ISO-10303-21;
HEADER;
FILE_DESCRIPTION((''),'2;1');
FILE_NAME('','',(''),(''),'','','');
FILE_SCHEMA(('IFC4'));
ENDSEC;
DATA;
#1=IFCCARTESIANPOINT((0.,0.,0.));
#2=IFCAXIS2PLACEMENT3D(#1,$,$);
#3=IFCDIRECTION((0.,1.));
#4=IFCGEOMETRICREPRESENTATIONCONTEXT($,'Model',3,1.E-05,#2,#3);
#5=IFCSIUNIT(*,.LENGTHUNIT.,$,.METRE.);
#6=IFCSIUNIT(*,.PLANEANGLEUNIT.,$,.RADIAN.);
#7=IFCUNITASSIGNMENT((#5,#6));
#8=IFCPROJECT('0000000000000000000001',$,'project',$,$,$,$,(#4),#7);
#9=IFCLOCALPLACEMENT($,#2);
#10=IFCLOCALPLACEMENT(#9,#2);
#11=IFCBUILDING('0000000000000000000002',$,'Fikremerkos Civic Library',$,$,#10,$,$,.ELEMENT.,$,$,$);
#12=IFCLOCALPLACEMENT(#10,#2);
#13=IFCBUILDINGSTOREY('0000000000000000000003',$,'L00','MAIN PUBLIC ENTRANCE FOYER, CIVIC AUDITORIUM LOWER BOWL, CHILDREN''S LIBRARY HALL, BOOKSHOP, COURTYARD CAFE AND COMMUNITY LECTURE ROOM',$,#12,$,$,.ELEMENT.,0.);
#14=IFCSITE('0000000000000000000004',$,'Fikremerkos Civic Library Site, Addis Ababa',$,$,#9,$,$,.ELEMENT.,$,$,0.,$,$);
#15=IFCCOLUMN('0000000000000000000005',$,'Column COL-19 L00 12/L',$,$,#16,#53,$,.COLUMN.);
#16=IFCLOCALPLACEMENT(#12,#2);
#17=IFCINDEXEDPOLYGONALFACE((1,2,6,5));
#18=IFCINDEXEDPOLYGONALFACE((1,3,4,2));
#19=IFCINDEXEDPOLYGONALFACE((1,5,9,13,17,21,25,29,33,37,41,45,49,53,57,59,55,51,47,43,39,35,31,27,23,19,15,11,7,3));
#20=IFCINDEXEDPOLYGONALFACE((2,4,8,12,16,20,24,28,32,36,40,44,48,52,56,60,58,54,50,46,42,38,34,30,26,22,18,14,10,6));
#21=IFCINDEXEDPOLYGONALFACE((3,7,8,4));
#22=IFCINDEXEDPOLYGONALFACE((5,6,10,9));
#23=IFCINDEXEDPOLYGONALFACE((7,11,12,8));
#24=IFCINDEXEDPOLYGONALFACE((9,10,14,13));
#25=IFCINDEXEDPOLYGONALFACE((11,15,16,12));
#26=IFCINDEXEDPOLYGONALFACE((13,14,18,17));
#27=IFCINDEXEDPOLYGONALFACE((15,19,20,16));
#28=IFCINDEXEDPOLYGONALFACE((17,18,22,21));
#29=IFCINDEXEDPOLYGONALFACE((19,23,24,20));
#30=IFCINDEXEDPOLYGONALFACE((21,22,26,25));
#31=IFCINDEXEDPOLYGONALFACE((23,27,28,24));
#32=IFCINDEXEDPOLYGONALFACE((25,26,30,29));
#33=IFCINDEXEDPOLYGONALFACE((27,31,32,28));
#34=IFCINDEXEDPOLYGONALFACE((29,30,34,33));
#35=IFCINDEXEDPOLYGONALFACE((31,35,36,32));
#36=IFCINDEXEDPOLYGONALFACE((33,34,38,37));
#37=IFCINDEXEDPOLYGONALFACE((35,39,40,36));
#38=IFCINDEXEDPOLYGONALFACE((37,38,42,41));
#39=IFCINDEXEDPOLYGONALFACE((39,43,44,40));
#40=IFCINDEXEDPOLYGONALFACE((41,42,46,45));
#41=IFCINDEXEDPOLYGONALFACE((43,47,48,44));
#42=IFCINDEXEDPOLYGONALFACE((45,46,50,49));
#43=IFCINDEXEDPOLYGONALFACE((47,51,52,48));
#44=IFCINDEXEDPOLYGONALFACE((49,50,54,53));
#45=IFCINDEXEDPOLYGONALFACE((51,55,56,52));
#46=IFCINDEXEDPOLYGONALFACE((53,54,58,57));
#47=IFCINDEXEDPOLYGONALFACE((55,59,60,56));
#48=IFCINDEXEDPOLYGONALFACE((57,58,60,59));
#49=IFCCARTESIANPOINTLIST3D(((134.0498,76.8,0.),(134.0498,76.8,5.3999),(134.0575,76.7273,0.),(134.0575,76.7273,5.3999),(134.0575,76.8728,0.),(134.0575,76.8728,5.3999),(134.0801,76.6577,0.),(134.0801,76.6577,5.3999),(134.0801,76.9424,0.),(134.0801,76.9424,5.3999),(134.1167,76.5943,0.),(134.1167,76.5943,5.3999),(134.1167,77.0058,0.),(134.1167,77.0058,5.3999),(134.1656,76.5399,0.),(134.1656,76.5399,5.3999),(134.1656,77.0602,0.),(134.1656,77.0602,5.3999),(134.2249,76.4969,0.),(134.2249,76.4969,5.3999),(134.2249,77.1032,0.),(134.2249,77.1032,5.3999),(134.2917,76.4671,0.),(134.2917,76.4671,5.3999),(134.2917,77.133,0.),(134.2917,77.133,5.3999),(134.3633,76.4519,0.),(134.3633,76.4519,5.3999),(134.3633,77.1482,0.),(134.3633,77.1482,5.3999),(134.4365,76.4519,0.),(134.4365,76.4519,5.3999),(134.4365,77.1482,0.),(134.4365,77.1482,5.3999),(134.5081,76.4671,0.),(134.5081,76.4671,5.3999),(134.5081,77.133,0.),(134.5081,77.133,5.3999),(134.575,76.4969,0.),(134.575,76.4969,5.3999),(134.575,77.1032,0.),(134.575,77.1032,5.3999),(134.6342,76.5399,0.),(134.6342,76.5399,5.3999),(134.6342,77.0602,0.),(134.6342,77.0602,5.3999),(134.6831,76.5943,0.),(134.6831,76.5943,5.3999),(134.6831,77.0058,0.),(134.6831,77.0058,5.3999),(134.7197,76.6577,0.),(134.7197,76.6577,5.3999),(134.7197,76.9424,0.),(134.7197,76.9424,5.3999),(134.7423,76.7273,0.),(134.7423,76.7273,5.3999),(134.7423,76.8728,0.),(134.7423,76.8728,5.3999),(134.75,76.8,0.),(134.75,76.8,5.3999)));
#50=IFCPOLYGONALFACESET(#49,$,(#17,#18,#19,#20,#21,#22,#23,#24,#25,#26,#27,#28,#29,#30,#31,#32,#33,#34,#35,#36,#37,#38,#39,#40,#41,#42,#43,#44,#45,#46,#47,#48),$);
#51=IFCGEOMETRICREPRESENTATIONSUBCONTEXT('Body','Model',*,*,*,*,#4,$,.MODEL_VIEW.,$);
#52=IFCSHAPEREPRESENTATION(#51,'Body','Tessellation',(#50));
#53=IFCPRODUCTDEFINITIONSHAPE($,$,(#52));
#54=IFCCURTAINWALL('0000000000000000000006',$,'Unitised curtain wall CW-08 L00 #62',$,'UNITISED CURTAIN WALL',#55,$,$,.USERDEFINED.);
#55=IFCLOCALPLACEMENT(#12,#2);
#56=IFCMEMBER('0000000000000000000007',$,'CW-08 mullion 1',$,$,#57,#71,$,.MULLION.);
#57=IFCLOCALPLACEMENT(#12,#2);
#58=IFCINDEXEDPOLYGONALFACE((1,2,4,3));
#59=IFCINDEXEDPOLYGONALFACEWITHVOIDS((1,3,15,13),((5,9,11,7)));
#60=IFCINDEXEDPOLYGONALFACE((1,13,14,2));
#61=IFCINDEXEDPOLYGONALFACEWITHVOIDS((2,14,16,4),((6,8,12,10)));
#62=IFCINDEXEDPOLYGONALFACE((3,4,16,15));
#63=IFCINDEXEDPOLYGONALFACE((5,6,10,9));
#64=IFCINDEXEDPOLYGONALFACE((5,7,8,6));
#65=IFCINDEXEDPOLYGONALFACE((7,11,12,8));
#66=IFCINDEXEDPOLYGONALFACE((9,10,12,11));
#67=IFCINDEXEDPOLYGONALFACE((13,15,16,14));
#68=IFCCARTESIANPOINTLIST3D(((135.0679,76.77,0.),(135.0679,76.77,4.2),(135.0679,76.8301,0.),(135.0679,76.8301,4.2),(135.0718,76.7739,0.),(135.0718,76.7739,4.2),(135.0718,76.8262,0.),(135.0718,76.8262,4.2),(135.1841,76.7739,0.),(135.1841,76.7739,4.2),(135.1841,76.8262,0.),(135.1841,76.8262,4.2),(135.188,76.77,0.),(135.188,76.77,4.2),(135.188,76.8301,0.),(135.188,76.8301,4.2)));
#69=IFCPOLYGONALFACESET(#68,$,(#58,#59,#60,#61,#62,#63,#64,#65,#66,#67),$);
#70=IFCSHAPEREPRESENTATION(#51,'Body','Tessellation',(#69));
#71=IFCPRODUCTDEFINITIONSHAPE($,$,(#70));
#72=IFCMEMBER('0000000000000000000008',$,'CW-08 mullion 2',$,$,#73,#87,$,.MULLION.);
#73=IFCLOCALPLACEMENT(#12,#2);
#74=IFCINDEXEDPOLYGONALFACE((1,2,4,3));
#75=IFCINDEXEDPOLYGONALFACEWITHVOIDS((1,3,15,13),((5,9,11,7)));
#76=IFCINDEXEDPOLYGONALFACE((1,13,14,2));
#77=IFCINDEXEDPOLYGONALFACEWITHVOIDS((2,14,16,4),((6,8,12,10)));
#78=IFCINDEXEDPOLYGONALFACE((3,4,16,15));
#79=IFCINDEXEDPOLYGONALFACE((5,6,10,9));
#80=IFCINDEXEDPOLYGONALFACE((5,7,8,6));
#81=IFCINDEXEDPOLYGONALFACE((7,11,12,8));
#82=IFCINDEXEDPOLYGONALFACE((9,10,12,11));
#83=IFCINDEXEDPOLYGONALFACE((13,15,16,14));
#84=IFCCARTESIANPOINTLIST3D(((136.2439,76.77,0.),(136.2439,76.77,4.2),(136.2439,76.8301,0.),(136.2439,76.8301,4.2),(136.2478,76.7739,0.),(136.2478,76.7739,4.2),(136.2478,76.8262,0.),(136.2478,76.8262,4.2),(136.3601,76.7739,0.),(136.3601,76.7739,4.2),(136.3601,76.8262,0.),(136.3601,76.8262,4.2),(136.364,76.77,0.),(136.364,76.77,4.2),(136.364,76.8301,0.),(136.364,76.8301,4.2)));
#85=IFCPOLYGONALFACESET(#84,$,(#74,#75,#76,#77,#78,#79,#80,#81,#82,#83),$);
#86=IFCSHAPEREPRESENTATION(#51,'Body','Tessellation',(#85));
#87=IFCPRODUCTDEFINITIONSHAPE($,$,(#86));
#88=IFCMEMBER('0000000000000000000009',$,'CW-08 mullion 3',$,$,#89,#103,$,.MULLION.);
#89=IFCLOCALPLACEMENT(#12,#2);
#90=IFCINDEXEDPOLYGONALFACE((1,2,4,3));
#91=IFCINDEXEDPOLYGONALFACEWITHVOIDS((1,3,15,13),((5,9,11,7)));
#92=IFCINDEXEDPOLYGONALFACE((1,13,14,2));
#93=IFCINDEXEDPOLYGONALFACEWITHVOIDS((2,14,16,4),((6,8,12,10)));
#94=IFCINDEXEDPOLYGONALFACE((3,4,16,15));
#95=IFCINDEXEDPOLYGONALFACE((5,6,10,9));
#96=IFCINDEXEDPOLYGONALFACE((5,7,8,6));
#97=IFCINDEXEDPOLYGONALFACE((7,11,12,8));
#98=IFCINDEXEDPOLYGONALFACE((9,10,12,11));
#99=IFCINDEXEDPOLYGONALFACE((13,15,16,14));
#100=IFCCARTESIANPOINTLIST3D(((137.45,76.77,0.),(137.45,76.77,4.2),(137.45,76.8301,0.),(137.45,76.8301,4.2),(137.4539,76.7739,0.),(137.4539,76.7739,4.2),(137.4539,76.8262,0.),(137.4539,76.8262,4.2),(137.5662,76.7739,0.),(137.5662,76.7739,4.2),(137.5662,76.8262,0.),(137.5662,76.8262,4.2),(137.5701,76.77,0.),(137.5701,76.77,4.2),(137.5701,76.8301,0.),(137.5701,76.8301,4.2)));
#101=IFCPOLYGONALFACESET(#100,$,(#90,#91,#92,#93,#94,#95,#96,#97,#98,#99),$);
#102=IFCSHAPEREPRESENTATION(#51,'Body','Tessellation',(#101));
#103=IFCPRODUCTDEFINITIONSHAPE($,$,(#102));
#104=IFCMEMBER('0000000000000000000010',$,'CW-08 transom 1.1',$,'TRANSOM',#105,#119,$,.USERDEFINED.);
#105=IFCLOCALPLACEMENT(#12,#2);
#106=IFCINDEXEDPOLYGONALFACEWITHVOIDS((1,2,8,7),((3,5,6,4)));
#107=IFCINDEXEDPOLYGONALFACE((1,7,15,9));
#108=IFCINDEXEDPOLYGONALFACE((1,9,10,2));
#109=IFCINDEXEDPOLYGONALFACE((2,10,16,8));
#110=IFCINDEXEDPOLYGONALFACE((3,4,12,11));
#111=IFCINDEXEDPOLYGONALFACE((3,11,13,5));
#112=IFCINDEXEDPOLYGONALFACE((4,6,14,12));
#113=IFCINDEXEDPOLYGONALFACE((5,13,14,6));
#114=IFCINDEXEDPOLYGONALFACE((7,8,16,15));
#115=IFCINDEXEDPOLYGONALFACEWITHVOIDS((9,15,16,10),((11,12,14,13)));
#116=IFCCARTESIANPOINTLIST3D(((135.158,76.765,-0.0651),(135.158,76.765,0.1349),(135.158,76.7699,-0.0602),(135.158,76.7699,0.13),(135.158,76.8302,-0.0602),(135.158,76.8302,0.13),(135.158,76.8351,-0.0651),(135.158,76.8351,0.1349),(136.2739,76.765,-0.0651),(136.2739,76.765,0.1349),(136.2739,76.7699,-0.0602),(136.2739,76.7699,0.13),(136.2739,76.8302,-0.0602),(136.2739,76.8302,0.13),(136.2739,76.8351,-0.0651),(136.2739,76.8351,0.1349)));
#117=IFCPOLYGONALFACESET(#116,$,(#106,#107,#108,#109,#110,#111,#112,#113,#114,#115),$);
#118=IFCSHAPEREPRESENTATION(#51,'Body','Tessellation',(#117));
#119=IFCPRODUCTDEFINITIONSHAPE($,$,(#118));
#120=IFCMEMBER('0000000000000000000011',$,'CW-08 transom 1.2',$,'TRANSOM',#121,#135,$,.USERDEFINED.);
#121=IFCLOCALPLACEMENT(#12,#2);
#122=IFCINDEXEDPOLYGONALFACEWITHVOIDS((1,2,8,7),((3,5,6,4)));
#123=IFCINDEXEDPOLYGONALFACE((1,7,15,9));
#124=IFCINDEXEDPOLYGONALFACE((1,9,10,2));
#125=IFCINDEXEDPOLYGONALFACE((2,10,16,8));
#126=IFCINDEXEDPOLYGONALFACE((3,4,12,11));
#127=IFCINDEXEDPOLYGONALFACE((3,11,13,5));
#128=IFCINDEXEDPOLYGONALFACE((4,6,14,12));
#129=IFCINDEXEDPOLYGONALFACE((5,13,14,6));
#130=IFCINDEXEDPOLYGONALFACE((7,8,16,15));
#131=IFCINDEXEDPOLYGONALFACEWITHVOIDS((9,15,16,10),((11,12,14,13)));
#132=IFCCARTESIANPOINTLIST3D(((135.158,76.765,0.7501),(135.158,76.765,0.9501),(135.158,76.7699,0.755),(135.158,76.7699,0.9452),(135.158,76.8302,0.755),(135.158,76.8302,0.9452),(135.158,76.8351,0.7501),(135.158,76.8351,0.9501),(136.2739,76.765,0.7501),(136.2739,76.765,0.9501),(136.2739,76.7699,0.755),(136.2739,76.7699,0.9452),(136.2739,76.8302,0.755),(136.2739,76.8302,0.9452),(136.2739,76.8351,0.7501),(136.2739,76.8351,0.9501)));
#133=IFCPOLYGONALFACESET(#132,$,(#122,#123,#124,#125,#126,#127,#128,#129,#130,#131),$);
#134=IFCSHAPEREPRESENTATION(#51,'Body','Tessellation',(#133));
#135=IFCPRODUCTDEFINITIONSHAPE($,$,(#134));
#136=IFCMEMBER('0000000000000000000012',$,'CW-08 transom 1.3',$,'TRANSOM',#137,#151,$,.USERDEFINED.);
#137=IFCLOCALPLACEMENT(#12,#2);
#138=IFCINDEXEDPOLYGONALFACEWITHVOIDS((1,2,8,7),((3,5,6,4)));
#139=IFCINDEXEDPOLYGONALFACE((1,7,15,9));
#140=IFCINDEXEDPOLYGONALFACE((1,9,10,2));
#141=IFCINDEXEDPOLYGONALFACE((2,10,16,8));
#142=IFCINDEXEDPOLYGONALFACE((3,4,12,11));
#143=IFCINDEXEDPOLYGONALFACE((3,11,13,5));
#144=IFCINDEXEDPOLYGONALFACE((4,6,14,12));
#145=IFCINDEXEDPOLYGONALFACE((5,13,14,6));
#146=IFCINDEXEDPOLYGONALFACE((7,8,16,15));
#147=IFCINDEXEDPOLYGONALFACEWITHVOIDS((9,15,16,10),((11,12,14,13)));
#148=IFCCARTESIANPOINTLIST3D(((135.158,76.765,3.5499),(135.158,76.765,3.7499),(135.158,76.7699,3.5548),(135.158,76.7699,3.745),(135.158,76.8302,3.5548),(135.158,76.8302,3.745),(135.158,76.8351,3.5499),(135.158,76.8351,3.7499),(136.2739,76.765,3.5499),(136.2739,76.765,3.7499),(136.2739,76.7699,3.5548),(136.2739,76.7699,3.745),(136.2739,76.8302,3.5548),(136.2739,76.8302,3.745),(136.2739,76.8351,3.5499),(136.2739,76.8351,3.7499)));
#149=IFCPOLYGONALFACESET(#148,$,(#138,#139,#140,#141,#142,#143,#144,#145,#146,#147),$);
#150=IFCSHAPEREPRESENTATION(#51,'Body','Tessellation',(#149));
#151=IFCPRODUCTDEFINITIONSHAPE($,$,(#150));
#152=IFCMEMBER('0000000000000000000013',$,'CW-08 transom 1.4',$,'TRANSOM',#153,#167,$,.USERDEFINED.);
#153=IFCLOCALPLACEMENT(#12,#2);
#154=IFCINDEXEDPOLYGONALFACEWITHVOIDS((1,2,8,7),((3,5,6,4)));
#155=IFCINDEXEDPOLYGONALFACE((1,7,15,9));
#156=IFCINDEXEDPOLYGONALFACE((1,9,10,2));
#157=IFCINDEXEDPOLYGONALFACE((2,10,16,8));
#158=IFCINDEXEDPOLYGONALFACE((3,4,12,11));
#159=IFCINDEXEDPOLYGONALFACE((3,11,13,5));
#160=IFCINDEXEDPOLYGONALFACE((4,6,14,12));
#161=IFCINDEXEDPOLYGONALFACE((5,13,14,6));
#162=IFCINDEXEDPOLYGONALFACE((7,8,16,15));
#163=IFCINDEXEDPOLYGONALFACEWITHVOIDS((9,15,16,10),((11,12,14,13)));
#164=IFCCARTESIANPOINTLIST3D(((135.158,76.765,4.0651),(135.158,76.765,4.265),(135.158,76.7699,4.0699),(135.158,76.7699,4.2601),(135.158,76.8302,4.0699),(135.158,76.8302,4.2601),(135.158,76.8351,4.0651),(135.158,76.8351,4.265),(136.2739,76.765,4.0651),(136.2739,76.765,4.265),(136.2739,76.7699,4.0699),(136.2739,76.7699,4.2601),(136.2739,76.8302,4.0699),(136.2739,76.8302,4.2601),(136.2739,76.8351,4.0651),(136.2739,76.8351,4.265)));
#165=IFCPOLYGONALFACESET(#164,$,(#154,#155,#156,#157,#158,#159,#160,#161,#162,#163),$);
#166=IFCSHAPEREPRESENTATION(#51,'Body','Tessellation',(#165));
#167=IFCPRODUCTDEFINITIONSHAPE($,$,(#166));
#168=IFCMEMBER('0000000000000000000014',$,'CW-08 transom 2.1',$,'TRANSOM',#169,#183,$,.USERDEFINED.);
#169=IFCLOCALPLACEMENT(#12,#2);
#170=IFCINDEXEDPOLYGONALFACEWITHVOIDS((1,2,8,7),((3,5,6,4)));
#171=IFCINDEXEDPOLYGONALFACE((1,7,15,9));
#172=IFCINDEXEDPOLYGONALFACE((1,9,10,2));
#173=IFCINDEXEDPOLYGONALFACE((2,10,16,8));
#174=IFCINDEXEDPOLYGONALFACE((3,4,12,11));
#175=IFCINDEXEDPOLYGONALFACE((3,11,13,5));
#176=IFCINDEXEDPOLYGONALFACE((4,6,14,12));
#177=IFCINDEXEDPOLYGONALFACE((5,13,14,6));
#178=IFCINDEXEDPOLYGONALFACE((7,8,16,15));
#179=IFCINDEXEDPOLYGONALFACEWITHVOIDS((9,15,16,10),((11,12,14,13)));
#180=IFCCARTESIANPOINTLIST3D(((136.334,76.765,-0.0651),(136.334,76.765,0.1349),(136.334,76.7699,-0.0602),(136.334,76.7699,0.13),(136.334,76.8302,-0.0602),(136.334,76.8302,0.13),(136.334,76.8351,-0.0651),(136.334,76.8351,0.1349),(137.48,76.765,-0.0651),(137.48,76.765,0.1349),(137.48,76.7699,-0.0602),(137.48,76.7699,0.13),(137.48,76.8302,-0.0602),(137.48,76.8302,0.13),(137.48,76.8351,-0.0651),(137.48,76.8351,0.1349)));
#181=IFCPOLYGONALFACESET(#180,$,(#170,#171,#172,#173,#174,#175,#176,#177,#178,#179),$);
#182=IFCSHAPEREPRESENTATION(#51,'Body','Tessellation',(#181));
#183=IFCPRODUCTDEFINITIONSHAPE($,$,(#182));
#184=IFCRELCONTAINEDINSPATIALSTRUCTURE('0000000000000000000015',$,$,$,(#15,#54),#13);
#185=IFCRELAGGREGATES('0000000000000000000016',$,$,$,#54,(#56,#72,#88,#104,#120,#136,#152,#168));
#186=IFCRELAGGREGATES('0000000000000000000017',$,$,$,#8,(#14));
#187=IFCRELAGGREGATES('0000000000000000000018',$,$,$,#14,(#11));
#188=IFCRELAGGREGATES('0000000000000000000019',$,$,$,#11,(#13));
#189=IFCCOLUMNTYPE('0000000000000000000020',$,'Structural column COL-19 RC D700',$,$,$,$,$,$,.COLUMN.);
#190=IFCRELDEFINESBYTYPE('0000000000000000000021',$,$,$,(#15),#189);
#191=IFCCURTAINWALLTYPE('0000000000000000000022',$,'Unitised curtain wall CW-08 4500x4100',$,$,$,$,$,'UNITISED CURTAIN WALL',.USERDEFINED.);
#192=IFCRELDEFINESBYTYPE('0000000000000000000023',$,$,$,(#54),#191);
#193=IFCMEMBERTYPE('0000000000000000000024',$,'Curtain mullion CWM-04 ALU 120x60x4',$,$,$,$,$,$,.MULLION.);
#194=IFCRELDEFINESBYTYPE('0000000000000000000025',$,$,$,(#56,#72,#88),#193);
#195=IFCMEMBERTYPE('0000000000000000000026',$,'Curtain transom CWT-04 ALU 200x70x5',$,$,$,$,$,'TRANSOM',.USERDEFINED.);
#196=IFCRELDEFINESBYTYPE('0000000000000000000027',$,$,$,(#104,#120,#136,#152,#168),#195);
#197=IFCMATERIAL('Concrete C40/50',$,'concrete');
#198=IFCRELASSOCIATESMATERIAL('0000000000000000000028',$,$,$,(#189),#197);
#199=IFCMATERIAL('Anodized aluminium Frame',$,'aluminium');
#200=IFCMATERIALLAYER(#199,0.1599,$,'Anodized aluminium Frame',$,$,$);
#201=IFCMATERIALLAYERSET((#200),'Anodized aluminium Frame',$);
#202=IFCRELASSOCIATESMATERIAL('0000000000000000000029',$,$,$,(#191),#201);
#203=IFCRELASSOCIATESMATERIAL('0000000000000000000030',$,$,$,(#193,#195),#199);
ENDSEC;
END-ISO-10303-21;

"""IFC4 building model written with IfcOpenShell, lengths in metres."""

from ifc_helpers import new_model, si_unit, direction, frame, origin, origin_2d, place, context, subcontext, project, spatial, hollow_rectangle, circle, extrude, material, layer, layer_set, material_profile, profile_set, type_object, element, aggregate, save


model = new_model("IFC4")

# Units and contexts
model_context = context("Model", 3, precision=1e-05, world=origin(), true_north=direction((0.0, 1.0)))
body_context = subcontext(model_context, "Body", "Model", "MODEL_VIEW")
ifc_project = project(units=[si_unit("LENGTHUNIT", "METRE"), si_unit("PLANEANGLEUNIT", "RADIAN")], contexts=[model_context])

# Site, building, storey
site_placement = place(None, origin())
site = spatial("IfcSite", under=ifc_project, at=site_placement, Name="Fikremerkos Civic Library Site, Addis Ababa", CompositionType="ELEMENT", RefElevation=0.0)
building_placement = place(site_placement, origin())
building = spatial("IfcBuilding", under=site, at=building_placement, Name="Fikremerkos Civic Library", CompositionType="ELEMENT")
storey_placement = place(building_placement, origin())
storey = spatial("IfcBuildingStorey", under=building, at=storey_placement, Name="L00", Description="MAIN PUBLIC ENTRANCE FOYER, CIVIC AUDITORIUM LOWER BOWL, CHILDREN'S LIBRARY HALL, BOOKSHOP, COURTYARD CAFE AND COMMUNITY LECTURE ROOM", CompositionType="ELEMENT", Elevation=0.0)

# Column
ifc_material_1 = material(Name="Concrete C40/50", Category="concrete")
ifc_material_profile_1 = material_profile(ifc_material_1, circle(Radius=0.3501, at=origin_2d()), Name="RC D700")
ifc_profile_set_1 = profile_set([ifc_material_profile_1], Name="Concrete C40/50")
column_type = type_object("IfcColumnType", Name="Structural column COL-19 RC D700", PredefinedType="COLUMN", material=ifc_profile_set_1)
column_placement = place(storey_placement, frame((134.3999, 76.8, 0.0), z_axis=(0.0, 0.0, 1.0), x_axis=(1.0, 0.0, 0.0)))
element("IfcColumn", 1, at=column_placement, inside=storey, type_object=column_type, Name="Column COL-19 L00 12/L", PredefinedType="COLUMN", context=body_context, shape_type="SweptSolid", body=[
    extrude(circle(Radius=0.3501, at=origin_2d()), origin(), (0.0, 0.0, 1.0), 5.3999),
])

# Curtain wall, members
ifc_material_2 = material(Name="Anodized aluminium Frame", Category="aluminium")
ifc_layer_1 = layer(ifc_material_2, 0.1599, Name="Anodized aluminium Frame")
ifc_layer_set_1 = layer_set([ifc_layer_1], Name="Anodized aluminium Frame")
curtain_wall_type = type_object("IfcCurtainWallType", Name="Unitised curtain wall CW-08 4500x4100", ElementType="UNITISED CURTAIN WALL", PredefinedType="USERDEFINED", material=ifc_layer_set_1)
curtain_wall_placement = place(storey_placement, origin())
curtain_wall = element("IfcCurtainWall", 2, at=curtain_wall_placement, inside=storey, type_object=curtain_wall_type, Name="Unitised curtain wall CW-08 L00 #62", ObjectType="UNITISED CURTAIN WALL", PredefinedType="USERDEFINED")
ifc_material_profile_2 = material_profile(ifc_material_2, hollow_rectangle(XDim=0.0601, YDim=0.1201, WallThickness=0.0039, at=origin_2d()), Name="ALU 120x60x4")
ifc_profile_set_2 = profile_set([ifc_material_profile_2], Name="Anodized aluminium Frame")
member_type_1 = type_object("IfcMemberType", Name="Curtain mullion CWM-04 ALU 120x60x4", PredefinedType="MULLION", material=ifc_profile_set_2)
member_1_placement = place(storey_placement, frame((135.1279, 76.8, 0.0), z_axis=(0.0, 0.0, 1.0), x_axis=(0.0, 1.0, 0.0)))
member_1 = element("IfcMember", 3, at=member_1_placement, type_object=member_type_1, Name="CW-08 mullion 1", PredefinedType="MULLION", context=body_context, shape_type="SweptSolid", body=[
    extrude(hollow_rectangle(XDim=0.0601, YDim=0.1201, WallThickness=0.0039, at=origin_2d()), origin(), (0.0, 0.0, 1.0), 4.2),
])
member_2_placement = place(storey_placement, frame((136.304, 76.8, 0.0), z_axis=(0.0, 0.0, 1.0), x_axis=(0.0, 1.0, 0.0)))
member_2 = element("IfcMember", 4, at=member_2_placement, type_object=member_type_1, Name="CW-08 mullion 2", PredefinedType="MULLION", context=body_context, shape_type="SweptSolid", body=[
    extrude(hollow_rectangle(XDim=0.0601, YDim=0.1201, WallThickness=0.0039, at=origin_2d()), origin(), (0.0, 0.0, 1.0), 4.2),
])
member_3_placement = place(storey_placement, frame((137.51, 76.8, 0.0), z_axis=(0.0, 0.0, 1.0), x_axis=(0.0, 1.0, 0.0)))
member_3 = element("IfcMember", 5, at=member_3_placement, type_object=member_type_1, Name="CW-08 mullion 3", PredefinedType="MULLION", context=body_context, shape_type="SweptSolid", body=[
    extrude(hollow_rectangle(XDim=0.0601, YDim=0.1201, WallThickness=0.0039, at=origin_2d()), origin(), (0.0, 0.0, 1.0), 4.2),
])
ifc_material_profile_3 = material_profile(ifc_material_2, hollow_rectangle(XDim=0.0701, YDim=0.2, WallThickness=0.0049, at=origin_2d()), Name="ALU 200x70x5")
ifc_profile_set_3 = profile_set([ifc_material_profile_3], Name="Anodized aluminium Frame")
member_type_2 = type_object("IfcMemberType", Name="Curtain transom CWT-04 ALU 200x70x5", ElementType="TRANSOM", PredefinedType="USERDEFINED", material=ifc_profile_set_3)
member_4_placement = place(storey_placement, frame((135.158, 76.8, 0.0349), z_axis=(1.0, 0.0, 0.0), x_axis=(0.0, 1.0, 0.0)))
member_4 = element("IfcMember", 6, at=member_4_placement, type_object=member_type_2, Name="CW-08 transom 1.1", ObjectType="TRANSOM", PredefinedType="USERDEFINED", context=body_context, shape_type="SweptSolid", body=[
    extrude(hollow_rectangle(XDim=0.0701, YDim=0.2, WallThickness=0.0049, at=origin_2d()), origin(), (0.0, 0.0, 1.0), 1.116),
])
member_5_placement = place(storey_placement, frame((135.158, 76.8, 0.8501), z_axis=(1.0, 0.0, 0.0), x_axis=(0.0, 1.0, 0.0)))
member_5 = element("IfcMember", 7, at=member_5_placement, type_object=member_type_2, Name="CW-08 transom 1.2", ObjectType="TRANSOM", PredefinedType="USERDEFINED", context=body_context, shape_type="SweptSolid", body=[
    extrude(hollow_rectangle(XDim=0.0701, YDim=0.2, WallThickness=0.0049, at=origin_2d()), origin(), (0.0, 0.0, 1.0), 1.116),
])
member_6_placement = place(storey_placement, frame((135.158, 76.8, 3.6499), z_axis=(1.0, 0.0, 0.0), x_axis=(0.0, 1.0, 0.0)))
member_6 = element("IfcMember", 8, at=member_6_placement, type_object=member_type_2, Name="CW-08 transom 1.3", ObjectType="TRANSOM", PredefinedType="USERDEFINED", context=body_context, shape_type="SweptSolid", body=[
    extrude(hollow_rectangle(XDim=0.0701, YDim=0.2, WallThickness=0.0049, at=origin_2d()), origin(), (0.0, 0.0, 1.0), 1.116),
])
member_7_placement = place(storey_placement, frame((135.158, 76.8, 4.165), z_axis=(1.0, 0.0, 0.0), x_axis=(0.0, 1.0, 0.0)))
member_7 = element("IfcMember", 9, at=member_7_placement, type_object=member_type_2, Name="CW-08 transom 1.4", ObjectType="TRANSOM", PredefinedType="USERDEFINED", context=body_context, shape_type="SweptSolid", body=[
    extrude(hollow_rectangle(XDim=0.0701, YDim=0.2, WallThickness=0.0049, at=origin_2d()), origin(), (0.0, 0.0, 1.0), 1.116),
])
member_8_placement = place(storey_placement, frame((136.334, 76.8, 0.0349), z_axis=(1.0, 0.0, 0.0), x_axis=(0.0, 1.0, 0.0)))
member_8 = element("IfcMember", 10, at=member_8_placement, type_object=member_type_2, Name="CW-08 transom 2.1", ObjectType="TRANSOM", PredefinedType="USERDEFINED", context=body_context, shape_type="SweptSolid", body=[
    extrude(hollow_rectangle(XDim=0.0701, YDim=0.2, WallThickness=0.0049, at=origin_2d()), origin(), (0.0, 0.0, 1.0), 1.146),
])

aggregate(curtain_wall, [member_1, member_2, member_3, member_4, member_5, member_6, member_7, member_8])

save(model, "model.ifc")
